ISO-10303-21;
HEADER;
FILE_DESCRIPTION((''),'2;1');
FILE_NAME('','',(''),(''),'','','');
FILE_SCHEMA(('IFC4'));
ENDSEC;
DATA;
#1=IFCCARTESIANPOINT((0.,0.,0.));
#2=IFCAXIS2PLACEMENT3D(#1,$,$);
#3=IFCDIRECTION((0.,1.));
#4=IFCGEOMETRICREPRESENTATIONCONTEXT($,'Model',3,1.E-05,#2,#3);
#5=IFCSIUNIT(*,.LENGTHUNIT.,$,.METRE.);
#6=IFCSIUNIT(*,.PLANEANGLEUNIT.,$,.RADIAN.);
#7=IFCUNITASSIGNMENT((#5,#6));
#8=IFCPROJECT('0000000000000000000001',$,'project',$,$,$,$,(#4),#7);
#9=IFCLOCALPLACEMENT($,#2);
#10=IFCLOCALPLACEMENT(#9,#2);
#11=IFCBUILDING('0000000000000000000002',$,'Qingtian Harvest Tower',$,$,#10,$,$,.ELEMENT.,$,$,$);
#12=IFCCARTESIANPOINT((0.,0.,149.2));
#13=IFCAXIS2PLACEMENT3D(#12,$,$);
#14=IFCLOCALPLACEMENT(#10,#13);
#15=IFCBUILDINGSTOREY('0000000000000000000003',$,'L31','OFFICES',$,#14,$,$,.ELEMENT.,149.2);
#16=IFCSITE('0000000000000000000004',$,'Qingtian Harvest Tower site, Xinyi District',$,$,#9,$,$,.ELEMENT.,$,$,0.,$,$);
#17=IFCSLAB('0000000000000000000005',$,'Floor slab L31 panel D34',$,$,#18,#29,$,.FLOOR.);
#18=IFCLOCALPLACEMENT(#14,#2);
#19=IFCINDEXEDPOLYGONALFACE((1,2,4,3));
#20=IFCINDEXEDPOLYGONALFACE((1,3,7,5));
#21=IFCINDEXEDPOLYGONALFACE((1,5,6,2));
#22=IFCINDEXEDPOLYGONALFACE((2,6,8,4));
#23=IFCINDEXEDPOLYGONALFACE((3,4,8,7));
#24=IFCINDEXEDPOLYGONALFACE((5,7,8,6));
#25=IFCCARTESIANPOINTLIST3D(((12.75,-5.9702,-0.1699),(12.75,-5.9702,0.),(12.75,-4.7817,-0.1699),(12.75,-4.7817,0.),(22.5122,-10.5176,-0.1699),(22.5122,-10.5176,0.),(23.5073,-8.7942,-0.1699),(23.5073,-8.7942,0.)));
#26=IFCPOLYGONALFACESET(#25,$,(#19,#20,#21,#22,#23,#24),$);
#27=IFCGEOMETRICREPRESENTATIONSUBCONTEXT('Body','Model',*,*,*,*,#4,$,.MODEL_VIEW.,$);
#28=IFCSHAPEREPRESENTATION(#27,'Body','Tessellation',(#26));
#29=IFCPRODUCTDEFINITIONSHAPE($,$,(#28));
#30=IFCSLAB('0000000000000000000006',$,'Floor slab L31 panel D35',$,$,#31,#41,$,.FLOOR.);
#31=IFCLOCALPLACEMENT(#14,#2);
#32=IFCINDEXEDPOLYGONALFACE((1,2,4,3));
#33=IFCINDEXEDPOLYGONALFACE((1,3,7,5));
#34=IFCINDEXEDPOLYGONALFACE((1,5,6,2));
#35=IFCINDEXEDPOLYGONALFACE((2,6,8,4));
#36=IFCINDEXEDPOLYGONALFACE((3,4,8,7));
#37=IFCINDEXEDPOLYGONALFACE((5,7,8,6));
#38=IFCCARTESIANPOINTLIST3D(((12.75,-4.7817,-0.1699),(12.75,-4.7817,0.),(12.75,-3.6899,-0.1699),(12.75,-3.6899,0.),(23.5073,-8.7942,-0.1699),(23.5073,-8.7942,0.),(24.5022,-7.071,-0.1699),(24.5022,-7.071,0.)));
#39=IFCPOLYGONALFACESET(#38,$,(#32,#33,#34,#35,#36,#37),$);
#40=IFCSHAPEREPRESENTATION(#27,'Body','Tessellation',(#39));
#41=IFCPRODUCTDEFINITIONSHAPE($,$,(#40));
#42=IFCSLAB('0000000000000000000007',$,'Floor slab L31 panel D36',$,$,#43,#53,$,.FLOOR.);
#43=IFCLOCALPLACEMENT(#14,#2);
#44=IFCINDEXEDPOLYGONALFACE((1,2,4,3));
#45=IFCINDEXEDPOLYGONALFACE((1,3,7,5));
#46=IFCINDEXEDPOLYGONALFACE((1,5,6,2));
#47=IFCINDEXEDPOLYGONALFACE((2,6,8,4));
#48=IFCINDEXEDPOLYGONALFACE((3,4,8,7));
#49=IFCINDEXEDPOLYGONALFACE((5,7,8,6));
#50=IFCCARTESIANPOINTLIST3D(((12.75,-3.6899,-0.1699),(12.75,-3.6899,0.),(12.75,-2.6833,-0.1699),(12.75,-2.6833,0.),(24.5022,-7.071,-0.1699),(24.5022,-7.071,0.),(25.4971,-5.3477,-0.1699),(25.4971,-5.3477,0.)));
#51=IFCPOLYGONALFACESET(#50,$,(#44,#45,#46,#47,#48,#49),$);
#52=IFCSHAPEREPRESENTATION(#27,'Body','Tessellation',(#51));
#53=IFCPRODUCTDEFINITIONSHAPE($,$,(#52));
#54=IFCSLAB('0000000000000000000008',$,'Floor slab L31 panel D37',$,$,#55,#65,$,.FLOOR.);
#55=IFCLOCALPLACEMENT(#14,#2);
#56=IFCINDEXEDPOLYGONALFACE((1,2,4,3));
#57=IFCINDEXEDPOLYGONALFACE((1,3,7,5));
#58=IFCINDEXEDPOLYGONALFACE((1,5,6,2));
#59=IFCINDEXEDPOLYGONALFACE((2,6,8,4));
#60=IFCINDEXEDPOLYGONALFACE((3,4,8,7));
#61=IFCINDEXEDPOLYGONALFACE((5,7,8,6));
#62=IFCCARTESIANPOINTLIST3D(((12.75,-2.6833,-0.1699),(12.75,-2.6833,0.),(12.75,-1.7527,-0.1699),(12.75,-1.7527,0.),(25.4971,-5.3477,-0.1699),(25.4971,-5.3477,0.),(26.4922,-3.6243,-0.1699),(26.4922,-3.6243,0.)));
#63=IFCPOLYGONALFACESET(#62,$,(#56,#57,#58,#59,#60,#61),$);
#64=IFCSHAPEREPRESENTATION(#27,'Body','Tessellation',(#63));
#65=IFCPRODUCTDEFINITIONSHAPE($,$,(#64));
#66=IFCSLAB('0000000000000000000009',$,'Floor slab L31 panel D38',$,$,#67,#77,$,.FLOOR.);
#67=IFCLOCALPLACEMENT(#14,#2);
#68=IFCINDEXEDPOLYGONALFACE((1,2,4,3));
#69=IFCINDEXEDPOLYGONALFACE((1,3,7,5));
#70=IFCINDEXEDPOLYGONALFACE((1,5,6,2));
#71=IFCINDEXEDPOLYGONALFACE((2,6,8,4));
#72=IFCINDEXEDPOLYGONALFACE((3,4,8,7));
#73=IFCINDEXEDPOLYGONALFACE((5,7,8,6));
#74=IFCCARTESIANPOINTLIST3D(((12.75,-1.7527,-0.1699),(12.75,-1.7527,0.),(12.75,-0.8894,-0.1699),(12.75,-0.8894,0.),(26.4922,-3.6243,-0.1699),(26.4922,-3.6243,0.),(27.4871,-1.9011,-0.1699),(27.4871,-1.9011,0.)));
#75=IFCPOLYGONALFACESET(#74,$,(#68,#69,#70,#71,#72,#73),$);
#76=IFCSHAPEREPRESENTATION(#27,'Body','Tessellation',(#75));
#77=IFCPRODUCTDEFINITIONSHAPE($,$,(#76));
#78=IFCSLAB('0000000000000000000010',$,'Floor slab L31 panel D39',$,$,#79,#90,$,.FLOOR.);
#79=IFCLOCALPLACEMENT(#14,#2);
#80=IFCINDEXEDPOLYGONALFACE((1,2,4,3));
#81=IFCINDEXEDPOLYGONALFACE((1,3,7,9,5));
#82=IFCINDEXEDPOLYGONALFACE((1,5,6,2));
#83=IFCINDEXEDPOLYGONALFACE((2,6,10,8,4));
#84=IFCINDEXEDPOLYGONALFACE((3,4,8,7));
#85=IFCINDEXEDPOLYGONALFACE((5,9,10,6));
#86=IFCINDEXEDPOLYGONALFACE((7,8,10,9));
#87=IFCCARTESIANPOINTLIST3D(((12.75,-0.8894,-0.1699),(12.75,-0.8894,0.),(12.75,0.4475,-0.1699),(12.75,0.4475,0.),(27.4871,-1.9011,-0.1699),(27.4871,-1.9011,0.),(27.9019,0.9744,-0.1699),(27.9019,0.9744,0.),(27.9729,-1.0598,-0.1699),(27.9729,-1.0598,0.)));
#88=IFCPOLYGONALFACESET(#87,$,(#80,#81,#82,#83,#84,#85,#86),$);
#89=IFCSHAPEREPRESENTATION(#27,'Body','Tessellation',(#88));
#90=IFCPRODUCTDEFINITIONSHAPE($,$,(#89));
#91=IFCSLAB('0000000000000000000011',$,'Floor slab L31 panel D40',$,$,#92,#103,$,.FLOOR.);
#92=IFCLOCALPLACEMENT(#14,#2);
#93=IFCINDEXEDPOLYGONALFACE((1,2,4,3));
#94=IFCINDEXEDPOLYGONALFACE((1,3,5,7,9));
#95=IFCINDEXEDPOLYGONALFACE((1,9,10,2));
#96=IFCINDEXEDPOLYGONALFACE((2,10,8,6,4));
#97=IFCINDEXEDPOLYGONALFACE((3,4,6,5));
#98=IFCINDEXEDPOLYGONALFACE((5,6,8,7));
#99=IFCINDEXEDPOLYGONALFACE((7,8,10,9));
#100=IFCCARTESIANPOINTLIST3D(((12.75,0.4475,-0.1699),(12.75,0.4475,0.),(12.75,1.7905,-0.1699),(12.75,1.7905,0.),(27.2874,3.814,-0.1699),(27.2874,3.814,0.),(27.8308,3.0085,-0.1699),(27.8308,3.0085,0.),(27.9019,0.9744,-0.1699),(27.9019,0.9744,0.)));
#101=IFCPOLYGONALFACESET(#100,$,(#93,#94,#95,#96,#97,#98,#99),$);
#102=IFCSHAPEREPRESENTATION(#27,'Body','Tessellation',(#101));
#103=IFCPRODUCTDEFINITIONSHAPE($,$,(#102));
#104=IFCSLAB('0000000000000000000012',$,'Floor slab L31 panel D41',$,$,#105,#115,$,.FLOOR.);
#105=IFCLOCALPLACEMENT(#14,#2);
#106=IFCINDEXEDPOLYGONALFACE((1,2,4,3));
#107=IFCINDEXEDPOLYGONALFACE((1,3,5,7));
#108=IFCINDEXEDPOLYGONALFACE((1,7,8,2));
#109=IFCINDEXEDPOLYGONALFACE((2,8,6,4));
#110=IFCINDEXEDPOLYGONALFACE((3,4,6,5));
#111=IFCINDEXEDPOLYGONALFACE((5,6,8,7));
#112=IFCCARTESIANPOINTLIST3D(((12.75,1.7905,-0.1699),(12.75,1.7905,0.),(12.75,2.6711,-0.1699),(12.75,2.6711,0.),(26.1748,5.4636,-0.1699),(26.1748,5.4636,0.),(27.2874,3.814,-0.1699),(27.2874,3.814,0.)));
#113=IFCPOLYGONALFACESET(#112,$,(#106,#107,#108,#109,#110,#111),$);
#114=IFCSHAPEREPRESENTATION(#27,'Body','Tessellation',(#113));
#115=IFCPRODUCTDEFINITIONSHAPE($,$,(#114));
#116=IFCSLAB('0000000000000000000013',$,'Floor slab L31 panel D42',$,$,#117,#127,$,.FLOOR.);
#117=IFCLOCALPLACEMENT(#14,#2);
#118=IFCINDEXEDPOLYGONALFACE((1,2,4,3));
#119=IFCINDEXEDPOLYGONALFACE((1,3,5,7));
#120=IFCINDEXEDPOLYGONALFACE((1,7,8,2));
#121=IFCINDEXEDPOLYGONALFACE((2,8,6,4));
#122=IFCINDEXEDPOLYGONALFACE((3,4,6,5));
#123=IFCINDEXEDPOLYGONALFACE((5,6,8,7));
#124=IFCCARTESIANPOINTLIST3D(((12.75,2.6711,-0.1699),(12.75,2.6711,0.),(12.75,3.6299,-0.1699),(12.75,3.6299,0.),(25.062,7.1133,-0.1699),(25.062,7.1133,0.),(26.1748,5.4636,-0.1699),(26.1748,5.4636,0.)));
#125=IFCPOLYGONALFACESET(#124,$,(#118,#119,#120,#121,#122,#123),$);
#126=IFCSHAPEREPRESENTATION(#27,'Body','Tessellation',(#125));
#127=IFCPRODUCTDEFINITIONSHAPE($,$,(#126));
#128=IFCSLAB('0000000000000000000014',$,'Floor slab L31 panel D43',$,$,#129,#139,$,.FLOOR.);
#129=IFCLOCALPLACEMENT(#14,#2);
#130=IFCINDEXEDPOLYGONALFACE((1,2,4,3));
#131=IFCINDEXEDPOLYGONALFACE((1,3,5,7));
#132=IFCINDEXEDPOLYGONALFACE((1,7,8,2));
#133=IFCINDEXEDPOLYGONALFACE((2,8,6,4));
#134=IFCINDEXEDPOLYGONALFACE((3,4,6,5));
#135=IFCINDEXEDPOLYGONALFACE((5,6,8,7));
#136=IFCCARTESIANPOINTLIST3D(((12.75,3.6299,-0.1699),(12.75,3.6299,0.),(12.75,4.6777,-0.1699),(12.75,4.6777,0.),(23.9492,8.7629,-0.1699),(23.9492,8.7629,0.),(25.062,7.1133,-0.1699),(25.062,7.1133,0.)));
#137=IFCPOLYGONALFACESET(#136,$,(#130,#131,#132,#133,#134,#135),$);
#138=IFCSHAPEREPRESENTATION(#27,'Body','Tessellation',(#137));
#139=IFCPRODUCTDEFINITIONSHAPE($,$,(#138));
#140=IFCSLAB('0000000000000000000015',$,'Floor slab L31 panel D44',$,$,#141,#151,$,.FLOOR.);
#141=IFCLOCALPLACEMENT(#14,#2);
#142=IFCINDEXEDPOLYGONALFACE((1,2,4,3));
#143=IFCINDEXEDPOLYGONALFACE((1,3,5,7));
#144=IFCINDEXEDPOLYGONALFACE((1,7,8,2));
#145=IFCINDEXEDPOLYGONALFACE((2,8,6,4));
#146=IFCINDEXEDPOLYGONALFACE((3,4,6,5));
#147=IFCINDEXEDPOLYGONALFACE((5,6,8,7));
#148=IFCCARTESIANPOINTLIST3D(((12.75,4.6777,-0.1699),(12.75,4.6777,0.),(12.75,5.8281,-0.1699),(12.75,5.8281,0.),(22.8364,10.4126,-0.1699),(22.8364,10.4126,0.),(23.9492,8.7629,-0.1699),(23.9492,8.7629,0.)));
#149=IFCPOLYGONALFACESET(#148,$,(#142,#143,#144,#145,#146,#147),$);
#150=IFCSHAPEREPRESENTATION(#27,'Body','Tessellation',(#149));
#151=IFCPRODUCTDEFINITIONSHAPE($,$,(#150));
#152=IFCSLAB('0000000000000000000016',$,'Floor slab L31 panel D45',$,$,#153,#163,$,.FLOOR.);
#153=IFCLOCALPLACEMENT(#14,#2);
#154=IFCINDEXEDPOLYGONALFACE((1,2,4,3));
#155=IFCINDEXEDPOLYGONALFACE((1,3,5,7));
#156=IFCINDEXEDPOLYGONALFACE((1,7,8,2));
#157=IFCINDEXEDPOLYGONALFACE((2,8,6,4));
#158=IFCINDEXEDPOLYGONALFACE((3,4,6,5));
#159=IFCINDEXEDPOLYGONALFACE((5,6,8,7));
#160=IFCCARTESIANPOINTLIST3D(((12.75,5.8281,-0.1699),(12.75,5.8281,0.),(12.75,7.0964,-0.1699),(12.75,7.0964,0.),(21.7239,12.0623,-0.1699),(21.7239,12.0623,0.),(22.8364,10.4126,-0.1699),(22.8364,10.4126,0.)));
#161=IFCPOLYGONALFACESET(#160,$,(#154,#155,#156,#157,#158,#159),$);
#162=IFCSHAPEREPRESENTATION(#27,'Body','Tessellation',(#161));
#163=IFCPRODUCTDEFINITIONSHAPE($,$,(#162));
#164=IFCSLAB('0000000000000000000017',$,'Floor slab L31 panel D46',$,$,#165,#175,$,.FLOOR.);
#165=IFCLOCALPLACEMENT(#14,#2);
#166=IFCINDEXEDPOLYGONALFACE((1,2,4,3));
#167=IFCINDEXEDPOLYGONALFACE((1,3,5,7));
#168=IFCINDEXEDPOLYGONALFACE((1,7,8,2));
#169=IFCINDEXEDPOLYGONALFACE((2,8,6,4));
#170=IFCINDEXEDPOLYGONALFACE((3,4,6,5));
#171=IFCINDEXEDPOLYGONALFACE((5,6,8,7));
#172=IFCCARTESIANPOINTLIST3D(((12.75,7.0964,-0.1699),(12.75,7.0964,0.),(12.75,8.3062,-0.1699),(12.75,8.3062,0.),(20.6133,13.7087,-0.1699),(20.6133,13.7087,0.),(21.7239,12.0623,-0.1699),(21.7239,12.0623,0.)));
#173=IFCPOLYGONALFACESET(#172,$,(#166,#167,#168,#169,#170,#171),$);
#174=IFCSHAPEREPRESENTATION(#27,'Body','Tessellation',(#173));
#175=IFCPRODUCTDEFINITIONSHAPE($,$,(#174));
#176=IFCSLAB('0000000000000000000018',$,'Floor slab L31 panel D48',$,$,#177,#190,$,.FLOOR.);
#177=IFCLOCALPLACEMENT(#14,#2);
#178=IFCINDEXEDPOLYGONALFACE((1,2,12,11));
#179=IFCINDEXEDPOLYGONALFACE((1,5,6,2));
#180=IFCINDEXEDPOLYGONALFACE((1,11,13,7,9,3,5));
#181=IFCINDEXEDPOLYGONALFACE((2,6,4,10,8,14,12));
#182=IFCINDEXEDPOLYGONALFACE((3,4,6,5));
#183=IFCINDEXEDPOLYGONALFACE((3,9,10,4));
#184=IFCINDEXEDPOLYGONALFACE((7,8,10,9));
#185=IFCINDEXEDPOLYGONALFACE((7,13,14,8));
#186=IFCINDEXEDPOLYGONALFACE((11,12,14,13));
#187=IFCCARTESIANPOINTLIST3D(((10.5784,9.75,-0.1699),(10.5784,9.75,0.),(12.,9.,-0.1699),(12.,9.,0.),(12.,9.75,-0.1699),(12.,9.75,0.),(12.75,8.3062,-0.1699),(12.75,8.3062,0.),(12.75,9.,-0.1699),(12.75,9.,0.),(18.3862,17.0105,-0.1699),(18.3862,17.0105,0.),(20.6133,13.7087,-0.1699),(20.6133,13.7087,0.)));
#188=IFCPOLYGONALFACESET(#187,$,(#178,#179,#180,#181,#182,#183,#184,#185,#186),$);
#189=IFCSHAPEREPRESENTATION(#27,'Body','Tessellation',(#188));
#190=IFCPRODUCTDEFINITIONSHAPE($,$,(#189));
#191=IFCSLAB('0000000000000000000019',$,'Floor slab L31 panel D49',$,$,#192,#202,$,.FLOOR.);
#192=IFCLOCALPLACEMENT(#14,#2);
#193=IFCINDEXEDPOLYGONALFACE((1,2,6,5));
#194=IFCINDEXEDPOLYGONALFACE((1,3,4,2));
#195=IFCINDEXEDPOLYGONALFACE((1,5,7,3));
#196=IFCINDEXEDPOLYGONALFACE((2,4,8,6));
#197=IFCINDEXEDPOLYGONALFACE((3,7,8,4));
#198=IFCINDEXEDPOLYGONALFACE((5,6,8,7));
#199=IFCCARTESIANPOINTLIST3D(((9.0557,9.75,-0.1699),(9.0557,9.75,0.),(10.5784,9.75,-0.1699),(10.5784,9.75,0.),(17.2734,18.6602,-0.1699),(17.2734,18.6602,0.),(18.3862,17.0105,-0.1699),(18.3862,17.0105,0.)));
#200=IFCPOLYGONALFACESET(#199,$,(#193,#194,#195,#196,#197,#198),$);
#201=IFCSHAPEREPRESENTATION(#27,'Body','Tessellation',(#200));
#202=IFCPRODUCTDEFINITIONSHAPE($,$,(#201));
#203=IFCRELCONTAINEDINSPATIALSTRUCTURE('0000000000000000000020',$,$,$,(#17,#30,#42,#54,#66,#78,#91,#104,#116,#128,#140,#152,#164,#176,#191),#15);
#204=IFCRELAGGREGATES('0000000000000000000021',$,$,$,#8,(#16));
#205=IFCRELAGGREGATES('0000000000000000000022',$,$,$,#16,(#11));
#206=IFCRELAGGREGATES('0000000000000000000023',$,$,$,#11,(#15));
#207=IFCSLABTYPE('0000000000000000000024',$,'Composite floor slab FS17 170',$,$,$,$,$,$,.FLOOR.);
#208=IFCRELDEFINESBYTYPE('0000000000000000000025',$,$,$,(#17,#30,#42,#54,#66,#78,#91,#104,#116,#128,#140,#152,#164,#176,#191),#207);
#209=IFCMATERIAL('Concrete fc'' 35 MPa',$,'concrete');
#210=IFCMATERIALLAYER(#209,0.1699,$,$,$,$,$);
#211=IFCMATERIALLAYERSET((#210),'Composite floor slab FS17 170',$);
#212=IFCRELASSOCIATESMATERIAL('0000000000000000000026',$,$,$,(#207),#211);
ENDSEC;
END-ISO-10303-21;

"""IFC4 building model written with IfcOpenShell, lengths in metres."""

from ifc_helpers import new_model, si_unit, direction, frame, origin, place, context, subcontext, project, spatial, polyline, outline, extrude, material, layer, layer_set, type_object, element, save


model = new_model("IFC4")

# Units and contexts
model_context = context("Model", 3, precision=1e-05, world=origin(), true_north=direction((0.0, 1.0)))
body_context = subcontext(model_context, "Body", "Model", "MODEL_VIEW")
ifc_project = project(units=[si_unit("LENGTHUNIT", "METRE"), si_unit("PLANEANGLEUNIT", "RADIAN")], contexts=[model_context])

# Site, building, storey
site_placement = place(None, origin())
site = spatial("IfcSite", under=ifc_project, at=site_placement, Name="Qingtian Harvest Tower site, Xinyi District", CompositionType="ELEMENT", RefElevation=0.0)
building_placement = place(site_placement, origin())
building = spatial("IfcBuilding", under=site, at=building_placement, Name="Qingtian Harvest Tower", CompositionType="ELEMENT")
storey_placement = place(building_placement, frame((0.0, 0.0, 149.2)))
storey = spatial("IfcBuildingStorey", under=building, at=storey_placement, Name="L31", Description="OFFICES", CompositionType="ELEMENT", Elevation=149.2)

# Slabs
ifc_material_1 = material(Name="Concrete fc' 35 MPa", Category="concrete")
ifc_layer_1 = layer(ifc_material_1, 0.1699)
ifc_layer_set_1 = layer_set([ifc_layer_1], Name="Composite floor slab FS17 170")
slab_type = type_object("IfcSlabType", Name="Composite floor slab FS17 170", PredefinedType="FLOOR", material=ifc_layer_set_1)
slab_1_placement = place(storey_placement, frame((0.0, 0.0, -0.1699)))
element("IfcSlab", 1, at=slab_1_placement, inside=storey, type_object=slab_type, Name="Floor slab L31 panel D34", PredefinedType="FLOOR", context=body_context, shape_type="SweptSolid", body=[
    extrude(outline(polyline([(12.75, -4.7817), (23.5073, -8.7942), (22.5122, -10.5176), (12.75, -5.9702), (12.75, -4.7817)])), origin(), (0.0, 0.0, 1.0), 0.1699),
])
slab_2_placement = place(storey_placement, frame((0.0, 0.0, -0.1699)))
element("IfcSlab", 2, at=slab_2_placement, inside=storey, type_object=slab_type, Name="Floor slab L31 panel D35", PredefinedType="FLOOR", context=body_context, shape_type="SweptSolid", body=[
    extrude(outline(polyline([(12.75, -3.6899), (24.5022, -7.071), (23.5073, -8.7942), (12.75, -4.7817), (12.75, -3.6899)])), origin(), (0.0, 0.0, 1.0), 0.1699),
])
slab_3_placement = place(storey_placement, frame((0.0, 0.0, -0.1699)))
element("IfcSlab", 3, at=slab_3_placement, inside=storey, type_object=slab_type, Name="Floor slab L31 panel D36", PredefinedType="FLOOR", context=body_context, shape_type="SweptSolid", body=[
    extrude(outline(polyline([(12.75, -2.6833), (25.4971, -5.3477), (24.5022, -7.071), (12.75, -3.6899), (12.75, -2.6833)])), origin(), (0.0, 0.0, 1.0), 0.1699),
])
slab_4_placement = place(storey_placement, frame((0.0, 0.0, -0.1699)))
element("IfcSlab", 4, at=slab_4_placement, inside=storey, type_object=slab_type, Name="Floor slab L31 panel D37", PredefinedType="FLOOR", context=body_context, shape_type="SweptSolid", body=[
    extrude(outline(polyline([(12.75, -1.7527), (26.4922, -3.6243), (25.4971, -5.3477), (12.75, -2.6833), (12.75, -1.7527)])), origin(), (0.0, 0.0, 1.0), 0.1699),
])
slab_5_placement = place(storey_placement, frame((0.0, 0.0, -0.1699)))
element("IfcSlab", 5, at=slab_5_placement, inside=storey, type_object=slab_type, Name="Floor slab L31 panel D38", PredefinedType="FLOOR", context=body_context, shape_type="SweptSolid", body=[
    extrude(outline(polyline([(12.75, -0.8894), (27.4871, -1.9011), (26.4922, -3.6243), (12.75, -1.7527), (12.75, -0.8894)])), origin(), (0.0, 0.0, 1.0), 0.1699),
])
slab_6_placement = place(storey_placement, frame((0.0, 0.0, -0.1699)))
element("IfcSlab", 6, at=slab_6_placement, inside=storey, type_object=slab_type, Name="Floor slab L31 panel D39", PredefinedType="FLOOR", context=body_context, shape_type="SweptSolid", body=[
    extrude(outline(polyline([(12.75, -0.8894), (12.75, 0.4475), (27.9019, 0.9744), (27.9729, -1.0598), (27.4871, -1.9011), (12.75, -0.8894)])), origin(), (0.0, 0.0, 1.0), 0.1699),
])
slab_7_placement = place(storey_placement, frame((0.0, 0.0, -0.1699)))
element("IfcSlab", 7, at=slab_7_placement, inside=storey, type_object=slab_type, Name="Floor slab L31 panel D40", PredefinedType="FLOOR", context=body_context, shape_type="SweptSolid", body=[
    extrude(outline(polyline([(12.75, 0.4475), (12.75, 1.7905), (27.2874, 3.814), (27.8308, 3.0085), (27.9019, 0.9744), (12.75, 0.4475)])), origin(), (0.0, 0.0, 1.0), 0.1699),
])
slab_8_placement = place(storey_placement, frame((0.0, 0.0, -0.1699)))
element("IfcSlab", 8, at=slab_8_placement, inside=storey, type_object=slab_type, Name="Floor slab L31 panel D41", PredefinedType="FLOOR", context=body_context, shape_type="SweptSolid", body=[
    extrude(outline(polyline([(12.75, 2.6711), (26.1748, 5.4636), (27.2874, 3.814), (12.75, 1.7905), (12.75, 2.6711)])), origin(), (0.0, 0.0, 1.0), 0.1699),
])
slab_9_placement = place(storey_placement, frame((0.0, 0.0, -0.1699)))
element("IfcSlab", 9, at=slab_9_placement, inside=storey, type_object=slab_type, Name="Floor slab L31 panel D42", PredefinedType="FLOOR", context=body_context, shape_type="SweptSolid", body=[
    extrude(outline(polyline([(12.75, 3.6299), (25.062, 7.1133), (26.1748, 5.4636), (12.75, 2.6711), (12.75, 3.6299)])), origin(), (0.0, 0.0, 1.0), 0.1699),
])
slab_10_placement = place(storey_placement, frame((0.0, 0.0, -0.1699)))
element("IfcSlab", 10, at=slab_10_placement, inside=storey, type_object=slab_type, Name="Floor slab L31 panel D43", PredefinedType="FLOOR", context=body_context, shape_type="SweptSolid", body=[
    extrude(outline(polyline([(12.75, 4.6777), (23.9492, 8.7629), (25.062, 7.1133), (12.75, 3.6299), (12.75, 4.6777)])), origin(), (0.0, 0.0, 1.0), 0.1699),
])
slab_11_placement = place(storey_placement, frame((0.0, 0.0, -0.1699)))
element("IfcSlab", 11, at=slab_11_placement, inside=storey, type_object=slab_type, Name="Floor slab L31 panel D44", PredefinedType="FLOOR", context=body_context, shape_type="SweptSolid", body=[
    extrude(outline(polyline([(12.75, 5.8281), (22.8364, 10.4126), (23.9492, 8.7629), (12.75, 4.6777), (12.75, 5.8281)])), origin(), (0.0, 0.0, 1.0), 0.1699),
])
slab_12_placement = place(storey_placement, frame((0.0, 0.0, -0.1699)))
element("IfcSlab", 12, at=slab_12_placement, inside=storey, type_object=slab_type, Name="Floor slab L31 panel D45", PredefinedType="FLOOR", context=body_context, shape_type="SweptSolid", body=[
    extrude(outline(polyline([(12.75, 7.0964), (21.7239, 12.0623), (22.8364, 10.4126), (12.75, 5.8281), (12.75, 7.0964)])), origin(), (0.0, 0.0, 1.0), 0.1699),
])
slab_13_placement = place(storey_placement, frame((0.0, 0.0, -0.1699)))
element("IfcSlab", 13, at=slab_13_placement, inside=storey, type_object=slab_type, Name="Floor slab L31 panel D46", PredefinedType="FLOOR", context=body_context, shape_type="SweptSolid", body=[
    extrude(outline(polyline([(12.75, 8.3062), (20.6133, 13.7087), (21.7239, 12.0623), (12.75, 7.0964), (12.75, 8.3062)])), origin(), (0.0, 0.0, 1.0), 0.1699),
])
slab_14_placement = place(storey_placement, frame((0.0, 0.0, -0.1699)))
element("IfcSlab", 14, at=slab_14_placement, inside=storey, type_object=slab_type, Name="Floor slab L31 panel D48", PredefinedType="FLOOR", context=body_context, shape_type="SweptSolid", body=[
    extrude(outline(polyline([(18.3862, 17.0105), (20.6133, 13.7087), (12.75, 8.3062), (12.75, 9.0), (12.0, 9.0), (12.0, 9.75), (10.5784, 9.75), (18.3862, 17.0105)])), origin(), (0.0, 0.0, 1.0), 0.1699),
])
slab_15_placement = place(storey_placement, frame((0.0, 0.0, -0.1699)))
element("IfcSlab", 15, at=slab_15_placement, inside=storey, type_object=slab_type, Name="Floor slab L31 panel D49", PredefinedType="FLOOR", context=body_context, shape_type="SweptSolid", body=[
    extrude(outline(polyline([(9.0557, 9.75), (17.2734, 18.6602), (18.3862, 17.0105), (10.5784, 9.75), (9.0557, 9.75)])), origin(), (0.0, 0.0, 1.0), 0.1699),
])

save(model, "model.ifc")
